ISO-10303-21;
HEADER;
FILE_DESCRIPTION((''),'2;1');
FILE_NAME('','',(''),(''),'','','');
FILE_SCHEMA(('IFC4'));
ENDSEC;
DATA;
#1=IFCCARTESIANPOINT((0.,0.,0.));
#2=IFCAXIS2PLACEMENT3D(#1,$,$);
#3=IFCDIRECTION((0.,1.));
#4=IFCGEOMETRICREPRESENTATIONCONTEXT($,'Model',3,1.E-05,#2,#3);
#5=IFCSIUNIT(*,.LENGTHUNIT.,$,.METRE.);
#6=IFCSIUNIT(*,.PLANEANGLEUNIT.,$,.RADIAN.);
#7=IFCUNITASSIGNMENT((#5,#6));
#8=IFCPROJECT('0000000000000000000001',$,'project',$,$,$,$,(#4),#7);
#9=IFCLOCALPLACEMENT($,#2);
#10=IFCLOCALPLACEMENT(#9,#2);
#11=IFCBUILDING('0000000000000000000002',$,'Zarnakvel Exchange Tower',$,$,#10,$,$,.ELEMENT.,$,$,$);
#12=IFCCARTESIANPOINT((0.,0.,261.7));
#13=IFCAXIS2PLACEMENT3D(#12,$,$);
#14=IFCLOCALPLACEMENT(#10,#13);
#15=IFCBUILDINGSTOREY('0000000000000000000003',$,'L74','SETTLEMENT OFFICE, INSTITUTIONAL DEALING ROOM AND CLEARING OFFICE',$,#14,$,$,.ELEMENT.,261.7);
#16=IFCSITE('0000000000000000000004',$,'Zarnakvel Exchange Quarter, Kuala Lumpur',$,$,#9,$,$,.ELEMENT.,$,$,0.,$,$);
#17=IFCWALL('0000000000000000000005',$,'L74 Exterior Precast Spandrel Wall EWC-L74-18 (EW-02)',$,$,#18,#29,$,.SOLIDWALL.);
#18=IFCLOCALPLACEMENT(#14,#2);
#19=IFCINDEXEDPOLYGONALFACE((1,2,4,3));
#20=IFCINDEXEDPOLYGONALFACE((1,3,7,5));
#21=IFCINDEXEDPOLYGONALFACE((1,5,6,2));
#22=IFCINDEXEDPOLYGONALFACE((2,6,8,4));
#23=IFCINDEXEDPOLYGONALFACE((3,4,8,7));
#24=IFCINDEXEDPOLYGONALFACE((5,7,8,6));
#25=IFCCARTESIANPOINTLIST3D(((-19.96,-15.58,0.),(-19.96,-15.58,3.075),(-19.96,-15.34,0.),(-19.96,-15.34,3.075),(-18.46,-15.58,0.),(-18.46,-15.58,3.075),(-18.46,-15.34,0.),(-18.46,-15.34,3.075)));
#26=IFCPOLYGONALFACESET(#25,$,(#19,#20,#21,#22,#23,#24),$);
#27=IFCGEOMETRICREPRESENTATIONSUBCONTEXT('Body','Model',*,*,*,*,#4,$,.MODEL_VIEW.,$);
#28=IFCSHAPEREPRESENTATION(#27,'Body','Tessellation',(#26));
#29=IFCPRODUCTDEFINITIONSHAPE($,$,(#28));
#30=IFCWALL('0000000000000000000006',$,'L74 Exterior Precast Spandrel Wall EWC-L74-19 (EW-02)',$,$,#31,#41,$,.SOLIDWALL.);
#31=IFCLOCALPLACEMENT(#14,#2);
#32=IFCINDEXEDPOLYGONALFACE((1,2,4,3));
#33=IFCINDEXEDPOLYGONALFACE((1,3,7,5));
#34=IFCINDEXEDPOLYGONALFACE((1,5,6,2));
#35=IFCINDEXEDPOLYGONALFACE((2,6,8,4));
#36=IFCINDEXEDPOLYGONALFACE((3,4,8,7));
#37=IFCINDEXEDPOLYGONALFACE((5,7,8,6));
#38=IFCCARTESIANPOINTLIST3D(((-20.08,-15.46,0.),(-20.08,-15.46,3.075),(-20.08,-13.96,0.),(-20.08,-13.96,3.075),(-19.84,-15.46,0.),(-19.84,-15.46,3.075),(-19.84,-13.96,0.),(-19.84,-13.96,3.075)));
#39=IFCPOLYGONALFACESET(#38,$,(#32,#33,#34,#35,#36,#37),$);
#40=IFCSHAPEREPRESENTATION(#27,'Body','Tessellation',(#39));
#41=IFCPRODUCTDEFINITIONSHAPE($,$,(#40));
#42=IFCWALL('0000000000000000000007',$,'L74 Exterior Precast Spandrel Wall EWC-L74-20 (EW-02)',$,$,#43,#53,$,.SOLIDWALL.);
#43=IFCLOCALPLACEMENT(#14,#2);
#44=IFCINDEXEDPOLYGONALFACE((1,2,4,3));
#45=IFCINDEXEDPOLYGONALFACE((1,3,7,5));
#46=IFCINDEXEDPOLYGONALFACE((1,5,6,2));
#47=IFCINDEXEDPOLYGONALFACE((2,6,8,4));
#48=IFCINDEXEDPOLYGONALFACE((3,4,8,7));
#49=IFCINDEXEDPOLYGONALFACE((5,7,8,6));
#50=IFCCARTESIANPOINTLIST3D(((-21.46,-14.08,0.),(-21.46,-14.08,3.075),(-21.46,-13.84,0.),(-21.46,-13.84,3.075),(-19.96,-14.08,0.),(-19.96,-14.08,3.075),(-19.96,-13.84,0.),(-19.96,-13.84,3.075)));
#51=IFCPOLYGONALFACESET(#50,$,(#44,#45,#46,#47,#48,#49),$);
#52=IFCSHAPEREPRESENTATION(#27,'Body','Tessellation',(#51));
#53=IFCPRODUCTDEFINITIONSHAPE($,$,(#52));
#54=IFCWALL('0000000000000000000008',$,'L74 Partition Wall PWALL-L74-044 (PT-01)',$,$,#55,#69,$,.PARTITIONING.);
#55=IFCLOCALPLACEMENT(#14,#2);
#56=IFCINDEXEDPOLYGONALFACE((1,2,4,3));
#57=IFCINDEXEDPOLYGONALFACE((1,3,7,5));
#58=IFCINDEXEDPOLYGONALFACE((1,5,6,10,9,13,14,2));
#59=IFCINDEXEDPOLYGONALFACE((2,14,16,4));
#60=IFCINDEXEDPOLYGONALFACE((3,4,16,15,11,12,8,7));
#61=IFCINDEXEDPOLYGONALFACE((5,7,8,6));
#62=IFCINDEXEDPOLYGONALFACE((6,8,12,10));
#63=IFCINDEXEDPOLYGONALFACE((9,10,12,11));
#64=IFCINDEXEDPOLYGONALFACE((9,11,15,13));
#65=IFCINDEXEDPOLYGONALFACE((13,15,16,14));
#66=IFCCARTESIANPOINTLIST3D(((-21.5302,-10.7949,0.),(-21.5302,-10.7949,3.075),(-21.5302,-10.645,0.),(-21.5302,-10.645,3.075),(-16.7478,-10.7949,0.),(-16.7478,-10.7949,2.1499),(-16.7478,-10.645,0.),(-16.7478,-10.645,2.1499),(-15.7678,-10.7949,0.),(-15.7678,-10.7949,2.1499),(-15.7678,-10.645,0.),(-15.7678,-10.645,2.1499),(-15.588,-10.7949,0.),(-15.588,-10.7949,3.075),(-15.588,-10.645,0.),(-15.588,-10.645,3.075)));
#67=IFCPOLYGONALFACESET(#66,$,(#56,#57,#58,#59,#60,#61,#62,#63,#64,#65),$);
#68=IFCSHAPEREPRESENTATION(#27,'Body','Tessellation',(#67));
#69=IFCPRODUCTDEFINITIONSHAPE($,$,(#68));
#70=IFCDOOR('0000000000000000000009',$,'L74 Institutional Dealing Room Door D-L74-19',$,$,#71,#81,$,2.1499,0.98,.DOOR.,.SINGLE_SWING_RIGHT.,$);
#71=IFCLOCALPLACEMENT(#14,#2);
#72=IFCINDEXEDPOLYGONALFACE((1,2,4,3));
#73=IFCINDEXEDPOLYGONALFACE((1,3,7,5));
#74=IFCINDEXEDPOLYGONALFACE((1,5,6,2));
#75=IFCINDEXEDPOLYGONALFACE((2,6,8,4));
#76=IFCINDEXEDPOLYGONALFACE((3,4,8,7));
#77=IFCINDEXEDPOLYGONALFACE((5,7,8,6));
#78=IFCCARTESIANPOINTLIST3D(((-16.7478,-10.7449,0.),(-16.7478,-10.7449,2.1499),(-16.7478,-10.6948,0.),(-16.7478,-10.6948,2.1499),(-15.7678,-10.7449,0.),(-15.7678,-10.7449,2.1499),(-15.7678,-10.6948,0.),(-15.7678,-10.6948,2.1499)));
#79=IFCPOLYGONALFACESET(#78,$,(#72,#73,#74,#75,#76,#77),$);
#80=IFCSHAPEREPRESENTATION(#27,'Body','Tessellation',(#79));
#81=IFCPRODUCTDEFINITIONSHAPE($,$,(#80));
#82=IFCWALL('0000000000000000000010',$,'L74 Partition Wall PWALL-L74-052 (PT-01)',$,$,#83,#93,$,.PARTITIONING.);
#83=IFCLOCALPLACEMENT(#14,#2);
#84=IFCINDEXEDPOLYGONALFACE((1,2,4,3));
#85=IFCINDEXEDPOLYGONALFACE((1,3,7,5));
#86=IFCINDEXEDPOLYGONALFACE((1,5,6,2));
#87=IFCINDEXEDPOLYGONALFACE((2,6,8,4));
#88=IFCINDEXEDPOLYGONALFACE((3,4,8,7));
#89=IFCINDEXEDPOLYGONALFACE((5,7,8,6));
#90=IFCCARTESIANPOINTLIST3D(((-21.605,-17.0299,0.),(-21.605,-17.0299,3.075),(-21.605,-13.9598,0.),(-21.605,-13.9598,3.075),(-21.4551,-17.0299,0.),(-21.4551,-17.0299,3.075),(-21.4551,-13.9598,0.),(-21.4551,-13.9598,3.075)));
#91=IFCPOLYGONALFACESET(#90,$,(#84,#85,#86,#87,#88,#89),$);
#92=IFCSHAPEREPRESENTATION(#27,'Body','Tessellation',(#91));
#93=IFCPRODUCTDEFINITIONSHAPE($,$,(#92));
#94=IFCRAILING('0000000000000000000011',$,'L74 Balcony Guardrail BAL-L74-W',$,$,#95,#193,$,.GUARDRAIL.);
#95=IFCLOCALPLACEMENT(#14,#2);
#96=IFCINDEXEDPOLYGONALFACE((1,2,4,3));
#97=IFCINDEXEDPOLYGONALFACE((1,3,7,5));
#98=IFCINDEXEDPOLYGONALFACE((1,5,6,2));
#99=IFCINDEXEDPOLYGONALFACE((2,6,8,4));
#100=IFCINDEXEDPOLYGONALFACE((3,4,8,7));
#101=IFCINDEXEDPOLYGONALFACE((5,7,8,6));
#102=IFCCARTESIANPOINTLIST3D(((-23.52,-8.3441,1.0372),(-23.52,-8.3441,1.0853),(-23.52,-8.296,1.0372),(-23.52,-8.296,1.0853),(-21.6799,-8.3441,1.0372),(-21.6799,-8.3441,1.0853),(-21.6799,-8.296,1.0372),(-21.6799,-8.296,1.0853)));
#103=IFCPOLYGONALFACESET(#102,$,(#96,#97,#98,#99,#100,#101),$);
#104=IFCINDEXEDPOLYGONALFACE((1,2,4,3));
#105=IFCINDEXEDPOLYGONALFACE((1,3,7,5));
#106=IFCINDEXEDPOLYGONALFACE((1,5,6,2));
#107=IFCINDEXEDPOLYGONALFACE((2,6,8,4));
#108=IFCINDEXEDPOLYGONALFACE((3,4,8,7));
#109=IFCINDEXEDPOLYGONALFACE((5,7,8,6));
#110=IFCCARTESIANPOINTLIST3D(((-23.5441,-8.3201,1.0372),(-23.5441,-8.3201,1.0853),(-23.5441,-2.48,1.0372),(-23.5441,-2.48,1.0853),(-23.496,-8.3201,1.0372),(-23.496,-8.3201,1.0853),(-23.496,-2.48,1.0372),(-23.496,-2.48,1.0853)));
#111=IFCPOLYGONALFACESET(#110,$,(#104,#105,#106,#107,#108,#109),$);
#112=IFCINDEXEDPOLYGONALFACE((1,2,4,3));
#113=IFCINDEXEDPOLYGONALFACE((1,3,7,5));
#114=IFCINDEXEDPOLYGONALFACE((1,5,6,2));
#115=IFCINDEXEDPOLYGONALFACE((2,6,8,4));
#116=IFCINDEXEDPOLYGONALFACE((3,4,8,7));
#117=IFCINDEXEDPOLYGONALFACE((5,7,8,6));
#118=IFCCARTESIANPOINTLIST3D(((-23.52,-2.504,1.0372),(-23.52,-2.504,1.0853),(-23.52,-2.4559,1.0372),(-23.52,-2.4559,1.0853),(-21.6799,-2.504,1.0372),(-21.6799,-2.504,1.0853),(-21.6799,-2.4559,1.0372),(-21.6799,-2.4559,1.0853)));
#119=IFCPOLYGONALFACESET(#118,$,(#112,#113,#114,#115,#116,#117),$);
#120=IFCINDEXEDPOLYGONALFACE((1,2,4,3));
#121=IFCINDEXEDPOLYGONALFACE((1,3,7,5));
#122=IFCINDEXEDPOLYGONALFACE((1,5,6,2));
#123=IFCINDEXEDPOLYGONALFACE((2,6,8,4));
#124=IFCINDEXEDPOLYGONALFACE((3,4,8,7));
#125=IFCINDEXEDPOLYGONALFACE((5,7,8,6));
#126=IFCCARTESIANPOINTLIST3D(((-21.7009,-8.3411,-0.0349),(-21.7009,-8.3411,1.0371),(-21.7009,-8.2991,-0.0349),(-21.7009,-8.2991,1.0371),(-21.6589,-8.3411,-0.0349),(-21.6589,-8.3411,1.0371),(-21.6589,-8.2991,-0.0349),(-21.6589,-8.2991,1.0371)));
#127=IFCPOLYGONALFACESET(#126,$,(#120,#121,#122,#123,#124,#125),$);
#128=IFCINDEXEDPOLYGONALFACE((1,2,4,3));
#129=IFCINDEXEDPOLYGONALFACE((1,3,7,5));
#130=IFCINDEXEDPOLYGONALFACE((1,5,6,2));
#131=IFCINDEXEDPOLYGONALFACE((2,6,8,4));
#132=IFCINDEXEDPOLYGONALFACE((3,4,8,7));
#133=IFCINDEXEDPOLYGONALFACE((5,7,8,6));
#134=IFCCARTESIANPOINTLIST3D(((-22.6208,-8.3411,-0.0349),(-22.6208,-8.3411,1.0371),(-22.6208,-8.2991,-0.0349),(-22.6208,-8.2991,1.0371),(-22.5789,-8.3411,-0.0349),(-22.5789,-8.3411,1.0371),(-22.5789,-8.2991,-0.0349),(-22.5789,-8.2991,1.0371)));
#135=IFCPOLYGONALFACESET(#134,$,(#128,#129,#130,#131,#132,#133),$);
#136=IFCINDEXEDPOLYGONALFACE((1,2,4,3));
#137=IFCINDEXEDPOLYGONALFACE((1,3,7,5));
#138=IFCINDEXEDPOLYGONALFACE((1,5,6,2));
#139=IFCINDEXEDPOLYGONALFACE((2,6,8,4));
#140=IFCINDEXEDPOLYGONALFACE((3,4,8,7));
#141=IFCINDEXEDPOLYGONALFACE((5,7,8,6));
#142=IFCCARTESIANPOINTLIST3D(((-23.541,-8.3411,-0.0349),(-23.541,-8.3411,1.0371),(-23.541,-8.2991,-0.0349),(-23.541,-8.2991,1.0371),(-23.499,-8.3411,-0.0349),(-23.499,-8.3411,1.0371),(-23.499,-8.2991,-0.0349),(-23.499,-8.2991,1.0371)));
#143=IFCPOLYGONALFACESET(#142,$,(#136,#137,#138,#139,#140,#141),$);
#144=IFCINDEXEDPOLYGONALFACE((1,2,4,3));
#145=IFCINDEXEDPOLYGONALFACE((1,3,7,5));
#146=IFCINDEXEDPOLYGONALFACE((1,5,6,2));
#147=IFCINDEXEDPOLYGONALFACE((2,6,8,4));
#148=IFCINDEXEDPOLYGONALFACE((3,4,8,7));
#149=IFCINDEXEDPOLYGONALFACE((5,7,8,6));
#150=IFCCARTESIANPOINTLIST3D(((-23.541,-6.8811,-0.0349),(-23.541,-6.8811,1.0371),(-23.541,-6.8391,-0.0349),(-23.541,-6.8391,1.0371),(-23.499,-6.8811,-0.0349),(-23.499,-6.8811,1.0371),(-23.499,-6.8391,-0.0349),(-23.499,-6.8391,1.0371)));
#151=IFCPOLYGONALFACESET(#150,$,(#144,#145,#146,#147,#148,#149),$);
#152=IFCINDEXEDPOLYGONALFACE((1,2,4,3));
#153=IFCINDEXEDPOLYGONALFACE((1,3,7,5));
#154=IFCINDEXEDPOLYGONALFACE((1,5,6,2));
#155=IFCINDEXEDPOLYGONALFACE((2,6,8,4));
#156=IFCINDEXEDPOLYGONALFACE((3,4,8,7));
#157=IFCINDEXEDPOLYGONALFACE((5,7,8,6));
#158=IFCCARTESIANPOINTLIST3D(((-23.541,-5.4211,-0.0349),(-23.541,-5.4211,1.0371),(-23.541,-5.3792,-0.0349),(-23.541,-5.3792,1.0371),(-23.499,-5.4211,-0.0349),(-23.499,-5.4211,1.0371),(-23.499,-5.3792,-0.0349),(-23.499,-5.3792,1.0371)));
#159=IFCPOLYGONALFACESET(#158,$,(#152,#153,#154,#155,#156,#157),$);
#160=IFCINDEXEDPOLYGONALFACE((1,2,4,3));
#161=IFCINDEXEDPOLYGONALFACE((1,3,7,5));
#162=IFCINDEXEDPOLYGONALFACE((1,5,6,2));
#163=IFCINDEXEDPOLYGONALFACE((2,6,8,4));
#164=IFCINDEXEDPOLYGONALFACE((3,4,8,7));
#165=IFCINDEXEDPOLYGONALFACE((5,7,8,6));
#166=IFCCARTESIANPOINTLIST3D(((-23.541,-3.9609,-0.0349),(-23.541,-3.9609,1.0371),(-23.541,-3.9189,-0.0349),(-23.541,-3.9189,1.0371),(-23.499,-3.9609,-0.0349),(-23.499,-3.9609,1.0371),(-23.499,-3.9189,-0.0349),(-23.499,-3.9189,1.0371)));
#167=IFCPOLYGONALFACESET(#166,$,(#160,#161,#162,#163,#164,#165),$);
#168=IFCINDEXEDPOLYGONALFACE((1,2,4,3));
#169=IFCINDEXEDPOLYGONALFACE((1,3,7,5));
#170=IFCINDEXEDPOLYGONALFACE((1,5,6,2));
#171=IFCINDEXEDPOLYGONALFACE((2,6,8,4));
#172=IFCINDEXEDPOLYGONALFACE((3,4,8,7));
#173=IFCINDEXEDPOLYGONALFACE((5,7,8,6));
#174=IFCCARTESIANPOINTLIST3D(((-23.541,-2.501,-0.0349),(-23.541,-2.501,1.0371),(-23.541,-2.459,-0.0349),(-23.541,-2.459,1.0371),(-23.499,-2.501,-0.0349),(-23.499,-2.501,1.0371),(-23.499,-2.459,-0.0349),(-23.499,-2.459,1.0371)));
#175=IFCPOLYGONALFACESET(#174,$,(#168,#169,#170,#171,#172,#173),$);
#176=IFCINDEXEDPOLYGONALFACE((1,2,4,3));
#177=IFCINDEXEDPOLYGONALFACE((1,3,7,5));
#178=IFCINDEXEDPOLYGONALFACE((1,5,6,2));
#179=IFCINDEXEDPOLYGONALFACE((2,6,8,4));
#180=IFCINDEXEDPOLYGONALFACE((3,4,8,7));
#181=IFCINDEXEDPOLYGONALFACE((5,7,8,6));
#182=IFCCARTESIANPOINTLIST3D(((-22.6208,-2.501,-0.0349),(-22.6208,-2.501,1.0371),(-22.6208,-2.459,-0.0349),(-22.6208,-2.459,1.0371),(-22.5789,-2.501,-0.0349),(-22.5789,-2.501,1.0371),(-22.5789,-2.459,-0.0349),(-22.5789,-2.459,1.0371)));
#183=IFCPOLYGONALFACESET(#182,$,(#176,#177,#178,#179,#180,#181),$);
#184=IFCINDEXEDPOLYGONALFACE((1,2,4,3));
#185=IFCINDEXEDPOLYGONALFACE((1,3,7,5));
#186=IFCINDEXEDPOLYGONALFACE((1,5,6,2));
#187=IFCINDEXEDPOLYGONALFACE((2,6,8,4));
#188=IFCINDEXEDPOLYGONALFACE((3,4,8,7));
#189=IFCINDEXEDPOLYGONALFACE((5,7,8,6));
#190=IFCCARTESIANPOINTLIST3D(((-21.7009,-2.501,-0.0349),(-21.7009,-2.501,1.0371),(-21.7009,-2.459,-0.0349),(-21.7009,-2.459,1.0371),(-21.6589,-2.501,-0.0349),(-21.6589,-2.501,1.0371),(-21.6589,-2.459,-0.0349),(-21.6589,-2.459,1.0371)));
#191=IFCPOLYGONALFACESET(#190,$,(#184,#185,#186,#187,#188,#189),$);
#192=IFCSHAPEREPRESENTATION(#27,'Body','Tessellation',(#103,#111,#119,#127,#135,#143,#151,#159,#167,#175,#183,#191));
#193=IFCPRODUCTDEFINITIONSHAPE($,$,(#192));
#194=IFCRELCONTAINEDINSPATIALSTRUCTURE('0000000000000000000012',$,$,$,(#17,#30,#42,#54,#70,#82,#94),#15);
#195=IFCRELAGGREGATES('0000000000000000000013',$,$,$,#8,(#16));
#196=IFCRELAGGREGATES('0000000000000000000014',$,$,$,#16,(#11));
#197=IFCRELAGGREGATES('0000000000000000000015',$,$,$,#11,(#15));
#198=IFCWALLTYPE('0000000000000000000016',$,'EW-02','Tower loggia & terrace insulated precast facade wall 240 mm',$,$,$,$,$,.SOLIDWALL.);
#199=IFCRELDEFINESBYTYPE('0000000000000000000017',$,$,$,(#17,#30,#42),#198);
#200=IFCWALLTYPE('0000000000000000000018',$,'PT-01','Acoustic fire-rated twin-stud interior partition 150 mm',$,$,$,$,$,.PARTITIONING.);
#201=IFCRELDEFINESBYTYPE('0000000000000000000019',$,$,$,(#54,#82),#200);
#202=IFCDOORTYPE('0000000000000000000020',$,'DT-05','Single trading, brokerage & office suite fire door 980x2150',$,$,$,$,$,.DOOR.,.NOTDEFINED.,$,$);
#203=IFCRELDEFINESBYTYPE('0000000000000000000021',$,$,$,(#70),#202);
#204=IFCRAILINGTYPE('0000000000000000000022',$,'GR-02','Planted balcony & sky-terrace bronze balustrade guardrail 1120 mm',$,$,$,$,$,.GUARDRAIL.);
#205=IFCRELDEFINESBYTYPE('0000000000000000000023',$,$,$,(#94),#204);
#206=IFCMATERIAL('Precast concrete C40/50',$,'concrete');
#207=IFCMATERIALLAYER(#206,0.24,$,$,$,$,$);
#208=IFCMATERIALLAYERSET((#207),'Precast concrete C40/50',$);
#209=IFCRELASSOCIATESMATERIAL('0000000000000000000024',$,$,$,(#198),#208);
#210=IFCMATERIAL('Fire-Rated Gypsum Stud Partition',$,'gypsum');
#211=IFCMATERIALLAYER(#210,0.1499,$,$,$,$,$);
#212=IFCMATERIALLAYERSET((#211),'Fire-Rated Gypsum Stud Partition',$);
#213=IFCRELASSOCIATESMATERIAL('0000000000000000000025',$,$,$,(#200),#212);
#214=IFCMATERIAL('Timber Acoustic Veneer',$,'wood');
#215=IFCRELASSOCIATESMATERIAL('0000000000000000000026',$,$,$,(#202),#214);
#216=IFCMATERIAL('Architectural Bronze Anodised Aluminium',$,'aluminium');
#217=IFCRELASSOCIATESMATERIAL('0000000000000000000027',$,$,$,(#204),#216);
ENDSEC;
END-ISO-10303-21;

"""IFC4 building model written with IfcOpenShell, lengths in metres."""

from ifc_helpers import new_model, si_unit, direction, frame, frame_2d, origin, origin_2d, place, context, subcontext, project, spatial, rectangle, extrude, source, transform, mapped, material, layer, layer_set, type_object, element, fill, save


model = new_model("IFC4")

# Units and contexts
model_context = context("Model", 3, precision=1e-05, world=origin(), true_north=direction((0.0, 1.0)))
body_context = subcontext(model_context, "Body", "Model", "MODEL_VIEW")
ifc_project = project(units=[si_unit("LENGTHUNIT", "METRE"), si_unit("PLANEANGLEUNIT", "RADIAN")], contexts=[model_context])

# Site, building, storey
site_placement = place(None, origin())
site = spatial("IfcSite", under=ifc_project, at=site_placement, Name="Zarnakvel Exchange Quarter, Kuala Lumpur", CompositionType="ELEMENT", RefElevation=0.0)
building_placement = place(site_placement, origin())
building = spatial("IfcBuilding", under=site, at=building_placement, Name="Zarnakvel Exchange Tower", CompositionType="ELEMENT")
storey_placement = place(building_placement, frame((0.0, 0.0, 261.7)))
storey = spatial("IfcBuildingStorey", under=building, at=storey_placement, Name="L74", Description="SETTLEMENT OFFICE, INSTITUTIONAL DEALING ROOM AND CLEARING OFFICE", CompositionType="ELEMENT", Elevation=261.7)

# Shared definitions
ifc_material_1 = material(Name="Architectural Bronze Anodised Aluminium", Category="aluminium")

# Walls
ifc_material_2 = material(Name="Precast concrete C40/50", Category="concrete")
ifc_layer_1 = layer(ifc_material_2, 0.24)
ifc_layer_set_1 = layer_set([ifc_layer_1], Name="Precast concrete C40/50")
wall_type_1 = type_object("IfcWallType", Name="EW-02", Description="Tower loggia & terrace insulated precast facade wall 240 mm", PredefinedType="SOLIDWALL", material=ifc_layer_set_1)
for number, where, z_axis, x_axis, name in (
    (1, (-19.96, -15.46, 0.0), (0.0, 0.0, 1.0), (1.0, 0.0, 0.0), "L74 Exterior Precast Spandrel Wall EWC-L74-18 (EW-02)"),
    (2, (-19.96, -13.96, 0.0), (0.0, 0.0, 1.0), (0.0, -1.0, 0.0), "L74 Exterior Precast Spandrel Wall EWC-L74-19 (EW-02)"),
    (3, (-21.46, -13.96, 0.0), (0.0, 0.0, 1.0), (1.0, 0.0, 0.0), "L74 Exterior Precast Spandrel Wall EWC-L74-20 (EW-02)"),
):
    element("IfcWall", number, at=place(storey_placement, frame(where, z_axis=z_axis, x_axis=x_axis)), inside=storey, type_object=wall_type_1, Name=name, PredefinedType="SOLIDWALL", context=body_context, shape_type="SweptSolid", body=[
        extrude(rectangle(XDim=1.5, YDim=0.24, at=frame_2d((0.75, 0.0))), origin(), (0.0, 0.0, 1.0), 3.075),
    ])

# Wall, opening, door
ifc_material_3 = material(Name="Fire-Rated Gypsum Stud Partition", Category="gypsum")
ifc_layer_2 = layer(ifc_material_3, 0.1499)
ifc_layer_set_2 = layer_set([ifc_layer_2], Name="Fire-Rated Gypsum Stud Partition")
wall_type_2 = type_object("IfcWallType", Name="PT-01", Description="Acoustic fire-rated twin-stud interior partition 150 mm", PredefinedType="PARTITIONING", material=ifc_layer_set_2)
wall_1_placement = place(storey_placement, frame((-15.5879, -10.72, 0.0), z_axis=(0.0, 0.0, 1.0), x_axis=(-1.0, 0.0, 0.0)))
wall_1 = element("IfcWall", 4, at=wall_1_placement, inside=storey, type_object=wall_type_2, Name="L74 Partition Wall PWALL-L74-044 (PT-01)", PredefinedType="PARTITIONING", context=body_context, shape_type="SweptSolid", body=[
    extrude(rectangle(XDim=5.9421, YDim=0.1499, at=frame_2d((2.9712, 0.0))), origin(), (0.0, 0.0, 1.0), 3.075),
])
opening_placement = place(wall_1_placement, frame((0.1799, 0.0, 0.0)))
opening = element("IfcOpeningElement", 5, at=opening_placement, cuts=wall_1, PredefinedType="OPENING", context=body_context, shape_type="SweptSolid", body=[
    extrude(rectangle(XDim=0.98, YDim=2.1499, at=frame_2d((0.49, 1.075))), frame((0.0, 0.085, 0.0), z_axis=(0.0, -1.0, 0.0), x_axis=(1.0, 0.0, 0.0)), (0.0, 0.0, 1.0), 0.1699),
])
ifc_material_4 = material(Name="Timber Acoustic Veneer", Category="wood")
door_type = type_object("IfcDoorType", Name="DT-05", Description="Single trading, brokerage & office suite fire door 980x2150", OperationType="NOTDEFINED", PredefinedType="DOOR", material=ifc_material_4)
shared_shape_1 = source(origin(), body_context, "Body", "SweptSolid", [
    extrude(rectangle(XDim=0.98, YDim=2.1499, at=frame_2d((0.49, 1.075))), frame((0.0, 0.0249, 0.0), z_axis=(0.0, -1.0, 0.0), x_axis=(1.0, 0.0, 0.0)), (0.0, 0.0, 1.0), 0.05),
])
door_placement = place(opening_placement, origin())
door = element("IfcDoor", 6, at=door_placement, inside=storey, type_object=door_type, Name="L74 Institutional Dealing Room Door D-L74-19", OperationType="SINGLE_SWING_RIGHT", OverallHeight=2.1499, OverallWidth=0.98, PredefinedType="DOOR", context=body_context, shape_type="MappedRepresentation", body=[
    mapped(shared_shape_1, transform((0.0, 0.0, 0.0), x_axis=(1.0, 0.0, 0.0), y_axis=(0.0, 1.0, 0.0), z_axis=(0.0, 0.0, 1.0), scale=1.0)),
])
fill(opening, door)

# Wall
wall_2_placement = place(storey_placement, frame((-21.53, -17.03, 0.0), z_axis=(0.0, 0.0, 1.0), x_axis=(0.0, 1.0, 0.0)))
element("IfcWall", 7, at=wall_2_placement, inside=storey, type_object=wall_type_2, Name="L74 Partition Wall PWALL-L74-052 (PT-01)", PredefinedType="PARTITIONING", context=body_context, shape_type="SweptSolid", body=[
    extrude(rectangle(XDim=3.0701, YDim=0.1499, at=frame_2d((1.5352, 0.0))), origin(), (0.0, 0.0, 1.0), 3.075),
])

# Railing
railing_type = type_object("IfcRailingType", Name="GR-02", Description="Planted balcony & sky-terrace bronze balustrade guardrail 1120 mm", PredefinedType="GUARDRAIL", material=ifc_material_1)
railing_placement = place(storey_placement, frame((-21.6799, -8.3201, -0.0349)))
element("IfcRailing", 8, at=railing_placement, inside=storey, type_object=railing_type, Name="L74 Balcony Guardrail BAL-L74-W", PredefinedType="GUARDRAIL", context=body_context, shape_type="SweptSolid", body=[
    extrude(rectangle(XDim=0.0481, YDim=0.0481, at=origin_2d()), frame((0.0, 0.0, 1.0962), z_axis=(-1.0, 0.0, 0.0), x_axis=(0.0, -1.0, 0.0)), (0.0, 0.0, 1.0), 1.8401),
    extrude(rectangle(XDim=0.0481, YDim=0.0481, at=origin_2d()), frame((-1.8401, 0.0, 1.0962), z_axis=(0.0, 1.0, 0.0), x_axis=(-1.0, 0.0, 0.0)), (0.0, 0.0, 1.0), 5.8401),
    extrude(rectangle(XDim=0.0481, YDim=0.0481, at=origin_2d()), frame((-1.8401, 5.8401, 1.0962), z_axis=(1.0, 0.0, 0.0), x_axis=(0.0, 1.0, 0.0)), (0.0, 0.0, 1.0), 1.8401),
    extrude(rectangle(XDim=0.042, YDim=0.042, at=origin_2d()), origin(), (0.0, 0.0, 1.0), 1.072),
    extrude(rectangle(XDim=0.042, YDim=0.042, at=origin_2d()), frame((-0.9199, 0.0, 0.0)), (0.0, 0.0, 1.0), 1.072),
    extrude(rectangle(XDim=0.042, YDim=0.042, at=origin_2d()), frame((-1.8401, 0.0, 0.0)), (0.0, 0.0, 1.0), 1.072),
    extrude(rectangle(XDim=0.042, YDim=0.042, at=origin_2d()), frame((-1.8401, 1.46, 0.0)), (0.0, 0.0, 1.0), 1.072),
    extrude(rectangle(XDim=0.042, YDim=0.042, at=origin_2d()), frame((-1.8401, 2.9199, 0.0)), (0.0, 0.0, 1.0), 1.072),
    extrude(rectangle(XDim=0.042, YDim=0.042, at=origin_2d()), frame((-1.8401, 4.3801, 0.0)), (0.0, 0.0, 1.0), 1.072),
    extrude(rectangle(XDim=0.042, YDim=0.042, at=origin_2d()), frame((-1.8401, 5.8401, 0.0)), (0.0, 0.0, 1.0), 1.072),
    extrude(rectangle(XDim=0.042, YDim=0.042, at=origin_2d()), frame((-0.9199, 5.8401, 0.0)), (0.0, 0.0, 1.0), 1.072),
    extrude(rectangle(XDim=0.042, YDim=0.042, at=origin_2d()), frame((0.0, 5.8401, 0.0)), (0.0, 0.0, 1.0), 1.072),
])

save(model, "model.ifc")
